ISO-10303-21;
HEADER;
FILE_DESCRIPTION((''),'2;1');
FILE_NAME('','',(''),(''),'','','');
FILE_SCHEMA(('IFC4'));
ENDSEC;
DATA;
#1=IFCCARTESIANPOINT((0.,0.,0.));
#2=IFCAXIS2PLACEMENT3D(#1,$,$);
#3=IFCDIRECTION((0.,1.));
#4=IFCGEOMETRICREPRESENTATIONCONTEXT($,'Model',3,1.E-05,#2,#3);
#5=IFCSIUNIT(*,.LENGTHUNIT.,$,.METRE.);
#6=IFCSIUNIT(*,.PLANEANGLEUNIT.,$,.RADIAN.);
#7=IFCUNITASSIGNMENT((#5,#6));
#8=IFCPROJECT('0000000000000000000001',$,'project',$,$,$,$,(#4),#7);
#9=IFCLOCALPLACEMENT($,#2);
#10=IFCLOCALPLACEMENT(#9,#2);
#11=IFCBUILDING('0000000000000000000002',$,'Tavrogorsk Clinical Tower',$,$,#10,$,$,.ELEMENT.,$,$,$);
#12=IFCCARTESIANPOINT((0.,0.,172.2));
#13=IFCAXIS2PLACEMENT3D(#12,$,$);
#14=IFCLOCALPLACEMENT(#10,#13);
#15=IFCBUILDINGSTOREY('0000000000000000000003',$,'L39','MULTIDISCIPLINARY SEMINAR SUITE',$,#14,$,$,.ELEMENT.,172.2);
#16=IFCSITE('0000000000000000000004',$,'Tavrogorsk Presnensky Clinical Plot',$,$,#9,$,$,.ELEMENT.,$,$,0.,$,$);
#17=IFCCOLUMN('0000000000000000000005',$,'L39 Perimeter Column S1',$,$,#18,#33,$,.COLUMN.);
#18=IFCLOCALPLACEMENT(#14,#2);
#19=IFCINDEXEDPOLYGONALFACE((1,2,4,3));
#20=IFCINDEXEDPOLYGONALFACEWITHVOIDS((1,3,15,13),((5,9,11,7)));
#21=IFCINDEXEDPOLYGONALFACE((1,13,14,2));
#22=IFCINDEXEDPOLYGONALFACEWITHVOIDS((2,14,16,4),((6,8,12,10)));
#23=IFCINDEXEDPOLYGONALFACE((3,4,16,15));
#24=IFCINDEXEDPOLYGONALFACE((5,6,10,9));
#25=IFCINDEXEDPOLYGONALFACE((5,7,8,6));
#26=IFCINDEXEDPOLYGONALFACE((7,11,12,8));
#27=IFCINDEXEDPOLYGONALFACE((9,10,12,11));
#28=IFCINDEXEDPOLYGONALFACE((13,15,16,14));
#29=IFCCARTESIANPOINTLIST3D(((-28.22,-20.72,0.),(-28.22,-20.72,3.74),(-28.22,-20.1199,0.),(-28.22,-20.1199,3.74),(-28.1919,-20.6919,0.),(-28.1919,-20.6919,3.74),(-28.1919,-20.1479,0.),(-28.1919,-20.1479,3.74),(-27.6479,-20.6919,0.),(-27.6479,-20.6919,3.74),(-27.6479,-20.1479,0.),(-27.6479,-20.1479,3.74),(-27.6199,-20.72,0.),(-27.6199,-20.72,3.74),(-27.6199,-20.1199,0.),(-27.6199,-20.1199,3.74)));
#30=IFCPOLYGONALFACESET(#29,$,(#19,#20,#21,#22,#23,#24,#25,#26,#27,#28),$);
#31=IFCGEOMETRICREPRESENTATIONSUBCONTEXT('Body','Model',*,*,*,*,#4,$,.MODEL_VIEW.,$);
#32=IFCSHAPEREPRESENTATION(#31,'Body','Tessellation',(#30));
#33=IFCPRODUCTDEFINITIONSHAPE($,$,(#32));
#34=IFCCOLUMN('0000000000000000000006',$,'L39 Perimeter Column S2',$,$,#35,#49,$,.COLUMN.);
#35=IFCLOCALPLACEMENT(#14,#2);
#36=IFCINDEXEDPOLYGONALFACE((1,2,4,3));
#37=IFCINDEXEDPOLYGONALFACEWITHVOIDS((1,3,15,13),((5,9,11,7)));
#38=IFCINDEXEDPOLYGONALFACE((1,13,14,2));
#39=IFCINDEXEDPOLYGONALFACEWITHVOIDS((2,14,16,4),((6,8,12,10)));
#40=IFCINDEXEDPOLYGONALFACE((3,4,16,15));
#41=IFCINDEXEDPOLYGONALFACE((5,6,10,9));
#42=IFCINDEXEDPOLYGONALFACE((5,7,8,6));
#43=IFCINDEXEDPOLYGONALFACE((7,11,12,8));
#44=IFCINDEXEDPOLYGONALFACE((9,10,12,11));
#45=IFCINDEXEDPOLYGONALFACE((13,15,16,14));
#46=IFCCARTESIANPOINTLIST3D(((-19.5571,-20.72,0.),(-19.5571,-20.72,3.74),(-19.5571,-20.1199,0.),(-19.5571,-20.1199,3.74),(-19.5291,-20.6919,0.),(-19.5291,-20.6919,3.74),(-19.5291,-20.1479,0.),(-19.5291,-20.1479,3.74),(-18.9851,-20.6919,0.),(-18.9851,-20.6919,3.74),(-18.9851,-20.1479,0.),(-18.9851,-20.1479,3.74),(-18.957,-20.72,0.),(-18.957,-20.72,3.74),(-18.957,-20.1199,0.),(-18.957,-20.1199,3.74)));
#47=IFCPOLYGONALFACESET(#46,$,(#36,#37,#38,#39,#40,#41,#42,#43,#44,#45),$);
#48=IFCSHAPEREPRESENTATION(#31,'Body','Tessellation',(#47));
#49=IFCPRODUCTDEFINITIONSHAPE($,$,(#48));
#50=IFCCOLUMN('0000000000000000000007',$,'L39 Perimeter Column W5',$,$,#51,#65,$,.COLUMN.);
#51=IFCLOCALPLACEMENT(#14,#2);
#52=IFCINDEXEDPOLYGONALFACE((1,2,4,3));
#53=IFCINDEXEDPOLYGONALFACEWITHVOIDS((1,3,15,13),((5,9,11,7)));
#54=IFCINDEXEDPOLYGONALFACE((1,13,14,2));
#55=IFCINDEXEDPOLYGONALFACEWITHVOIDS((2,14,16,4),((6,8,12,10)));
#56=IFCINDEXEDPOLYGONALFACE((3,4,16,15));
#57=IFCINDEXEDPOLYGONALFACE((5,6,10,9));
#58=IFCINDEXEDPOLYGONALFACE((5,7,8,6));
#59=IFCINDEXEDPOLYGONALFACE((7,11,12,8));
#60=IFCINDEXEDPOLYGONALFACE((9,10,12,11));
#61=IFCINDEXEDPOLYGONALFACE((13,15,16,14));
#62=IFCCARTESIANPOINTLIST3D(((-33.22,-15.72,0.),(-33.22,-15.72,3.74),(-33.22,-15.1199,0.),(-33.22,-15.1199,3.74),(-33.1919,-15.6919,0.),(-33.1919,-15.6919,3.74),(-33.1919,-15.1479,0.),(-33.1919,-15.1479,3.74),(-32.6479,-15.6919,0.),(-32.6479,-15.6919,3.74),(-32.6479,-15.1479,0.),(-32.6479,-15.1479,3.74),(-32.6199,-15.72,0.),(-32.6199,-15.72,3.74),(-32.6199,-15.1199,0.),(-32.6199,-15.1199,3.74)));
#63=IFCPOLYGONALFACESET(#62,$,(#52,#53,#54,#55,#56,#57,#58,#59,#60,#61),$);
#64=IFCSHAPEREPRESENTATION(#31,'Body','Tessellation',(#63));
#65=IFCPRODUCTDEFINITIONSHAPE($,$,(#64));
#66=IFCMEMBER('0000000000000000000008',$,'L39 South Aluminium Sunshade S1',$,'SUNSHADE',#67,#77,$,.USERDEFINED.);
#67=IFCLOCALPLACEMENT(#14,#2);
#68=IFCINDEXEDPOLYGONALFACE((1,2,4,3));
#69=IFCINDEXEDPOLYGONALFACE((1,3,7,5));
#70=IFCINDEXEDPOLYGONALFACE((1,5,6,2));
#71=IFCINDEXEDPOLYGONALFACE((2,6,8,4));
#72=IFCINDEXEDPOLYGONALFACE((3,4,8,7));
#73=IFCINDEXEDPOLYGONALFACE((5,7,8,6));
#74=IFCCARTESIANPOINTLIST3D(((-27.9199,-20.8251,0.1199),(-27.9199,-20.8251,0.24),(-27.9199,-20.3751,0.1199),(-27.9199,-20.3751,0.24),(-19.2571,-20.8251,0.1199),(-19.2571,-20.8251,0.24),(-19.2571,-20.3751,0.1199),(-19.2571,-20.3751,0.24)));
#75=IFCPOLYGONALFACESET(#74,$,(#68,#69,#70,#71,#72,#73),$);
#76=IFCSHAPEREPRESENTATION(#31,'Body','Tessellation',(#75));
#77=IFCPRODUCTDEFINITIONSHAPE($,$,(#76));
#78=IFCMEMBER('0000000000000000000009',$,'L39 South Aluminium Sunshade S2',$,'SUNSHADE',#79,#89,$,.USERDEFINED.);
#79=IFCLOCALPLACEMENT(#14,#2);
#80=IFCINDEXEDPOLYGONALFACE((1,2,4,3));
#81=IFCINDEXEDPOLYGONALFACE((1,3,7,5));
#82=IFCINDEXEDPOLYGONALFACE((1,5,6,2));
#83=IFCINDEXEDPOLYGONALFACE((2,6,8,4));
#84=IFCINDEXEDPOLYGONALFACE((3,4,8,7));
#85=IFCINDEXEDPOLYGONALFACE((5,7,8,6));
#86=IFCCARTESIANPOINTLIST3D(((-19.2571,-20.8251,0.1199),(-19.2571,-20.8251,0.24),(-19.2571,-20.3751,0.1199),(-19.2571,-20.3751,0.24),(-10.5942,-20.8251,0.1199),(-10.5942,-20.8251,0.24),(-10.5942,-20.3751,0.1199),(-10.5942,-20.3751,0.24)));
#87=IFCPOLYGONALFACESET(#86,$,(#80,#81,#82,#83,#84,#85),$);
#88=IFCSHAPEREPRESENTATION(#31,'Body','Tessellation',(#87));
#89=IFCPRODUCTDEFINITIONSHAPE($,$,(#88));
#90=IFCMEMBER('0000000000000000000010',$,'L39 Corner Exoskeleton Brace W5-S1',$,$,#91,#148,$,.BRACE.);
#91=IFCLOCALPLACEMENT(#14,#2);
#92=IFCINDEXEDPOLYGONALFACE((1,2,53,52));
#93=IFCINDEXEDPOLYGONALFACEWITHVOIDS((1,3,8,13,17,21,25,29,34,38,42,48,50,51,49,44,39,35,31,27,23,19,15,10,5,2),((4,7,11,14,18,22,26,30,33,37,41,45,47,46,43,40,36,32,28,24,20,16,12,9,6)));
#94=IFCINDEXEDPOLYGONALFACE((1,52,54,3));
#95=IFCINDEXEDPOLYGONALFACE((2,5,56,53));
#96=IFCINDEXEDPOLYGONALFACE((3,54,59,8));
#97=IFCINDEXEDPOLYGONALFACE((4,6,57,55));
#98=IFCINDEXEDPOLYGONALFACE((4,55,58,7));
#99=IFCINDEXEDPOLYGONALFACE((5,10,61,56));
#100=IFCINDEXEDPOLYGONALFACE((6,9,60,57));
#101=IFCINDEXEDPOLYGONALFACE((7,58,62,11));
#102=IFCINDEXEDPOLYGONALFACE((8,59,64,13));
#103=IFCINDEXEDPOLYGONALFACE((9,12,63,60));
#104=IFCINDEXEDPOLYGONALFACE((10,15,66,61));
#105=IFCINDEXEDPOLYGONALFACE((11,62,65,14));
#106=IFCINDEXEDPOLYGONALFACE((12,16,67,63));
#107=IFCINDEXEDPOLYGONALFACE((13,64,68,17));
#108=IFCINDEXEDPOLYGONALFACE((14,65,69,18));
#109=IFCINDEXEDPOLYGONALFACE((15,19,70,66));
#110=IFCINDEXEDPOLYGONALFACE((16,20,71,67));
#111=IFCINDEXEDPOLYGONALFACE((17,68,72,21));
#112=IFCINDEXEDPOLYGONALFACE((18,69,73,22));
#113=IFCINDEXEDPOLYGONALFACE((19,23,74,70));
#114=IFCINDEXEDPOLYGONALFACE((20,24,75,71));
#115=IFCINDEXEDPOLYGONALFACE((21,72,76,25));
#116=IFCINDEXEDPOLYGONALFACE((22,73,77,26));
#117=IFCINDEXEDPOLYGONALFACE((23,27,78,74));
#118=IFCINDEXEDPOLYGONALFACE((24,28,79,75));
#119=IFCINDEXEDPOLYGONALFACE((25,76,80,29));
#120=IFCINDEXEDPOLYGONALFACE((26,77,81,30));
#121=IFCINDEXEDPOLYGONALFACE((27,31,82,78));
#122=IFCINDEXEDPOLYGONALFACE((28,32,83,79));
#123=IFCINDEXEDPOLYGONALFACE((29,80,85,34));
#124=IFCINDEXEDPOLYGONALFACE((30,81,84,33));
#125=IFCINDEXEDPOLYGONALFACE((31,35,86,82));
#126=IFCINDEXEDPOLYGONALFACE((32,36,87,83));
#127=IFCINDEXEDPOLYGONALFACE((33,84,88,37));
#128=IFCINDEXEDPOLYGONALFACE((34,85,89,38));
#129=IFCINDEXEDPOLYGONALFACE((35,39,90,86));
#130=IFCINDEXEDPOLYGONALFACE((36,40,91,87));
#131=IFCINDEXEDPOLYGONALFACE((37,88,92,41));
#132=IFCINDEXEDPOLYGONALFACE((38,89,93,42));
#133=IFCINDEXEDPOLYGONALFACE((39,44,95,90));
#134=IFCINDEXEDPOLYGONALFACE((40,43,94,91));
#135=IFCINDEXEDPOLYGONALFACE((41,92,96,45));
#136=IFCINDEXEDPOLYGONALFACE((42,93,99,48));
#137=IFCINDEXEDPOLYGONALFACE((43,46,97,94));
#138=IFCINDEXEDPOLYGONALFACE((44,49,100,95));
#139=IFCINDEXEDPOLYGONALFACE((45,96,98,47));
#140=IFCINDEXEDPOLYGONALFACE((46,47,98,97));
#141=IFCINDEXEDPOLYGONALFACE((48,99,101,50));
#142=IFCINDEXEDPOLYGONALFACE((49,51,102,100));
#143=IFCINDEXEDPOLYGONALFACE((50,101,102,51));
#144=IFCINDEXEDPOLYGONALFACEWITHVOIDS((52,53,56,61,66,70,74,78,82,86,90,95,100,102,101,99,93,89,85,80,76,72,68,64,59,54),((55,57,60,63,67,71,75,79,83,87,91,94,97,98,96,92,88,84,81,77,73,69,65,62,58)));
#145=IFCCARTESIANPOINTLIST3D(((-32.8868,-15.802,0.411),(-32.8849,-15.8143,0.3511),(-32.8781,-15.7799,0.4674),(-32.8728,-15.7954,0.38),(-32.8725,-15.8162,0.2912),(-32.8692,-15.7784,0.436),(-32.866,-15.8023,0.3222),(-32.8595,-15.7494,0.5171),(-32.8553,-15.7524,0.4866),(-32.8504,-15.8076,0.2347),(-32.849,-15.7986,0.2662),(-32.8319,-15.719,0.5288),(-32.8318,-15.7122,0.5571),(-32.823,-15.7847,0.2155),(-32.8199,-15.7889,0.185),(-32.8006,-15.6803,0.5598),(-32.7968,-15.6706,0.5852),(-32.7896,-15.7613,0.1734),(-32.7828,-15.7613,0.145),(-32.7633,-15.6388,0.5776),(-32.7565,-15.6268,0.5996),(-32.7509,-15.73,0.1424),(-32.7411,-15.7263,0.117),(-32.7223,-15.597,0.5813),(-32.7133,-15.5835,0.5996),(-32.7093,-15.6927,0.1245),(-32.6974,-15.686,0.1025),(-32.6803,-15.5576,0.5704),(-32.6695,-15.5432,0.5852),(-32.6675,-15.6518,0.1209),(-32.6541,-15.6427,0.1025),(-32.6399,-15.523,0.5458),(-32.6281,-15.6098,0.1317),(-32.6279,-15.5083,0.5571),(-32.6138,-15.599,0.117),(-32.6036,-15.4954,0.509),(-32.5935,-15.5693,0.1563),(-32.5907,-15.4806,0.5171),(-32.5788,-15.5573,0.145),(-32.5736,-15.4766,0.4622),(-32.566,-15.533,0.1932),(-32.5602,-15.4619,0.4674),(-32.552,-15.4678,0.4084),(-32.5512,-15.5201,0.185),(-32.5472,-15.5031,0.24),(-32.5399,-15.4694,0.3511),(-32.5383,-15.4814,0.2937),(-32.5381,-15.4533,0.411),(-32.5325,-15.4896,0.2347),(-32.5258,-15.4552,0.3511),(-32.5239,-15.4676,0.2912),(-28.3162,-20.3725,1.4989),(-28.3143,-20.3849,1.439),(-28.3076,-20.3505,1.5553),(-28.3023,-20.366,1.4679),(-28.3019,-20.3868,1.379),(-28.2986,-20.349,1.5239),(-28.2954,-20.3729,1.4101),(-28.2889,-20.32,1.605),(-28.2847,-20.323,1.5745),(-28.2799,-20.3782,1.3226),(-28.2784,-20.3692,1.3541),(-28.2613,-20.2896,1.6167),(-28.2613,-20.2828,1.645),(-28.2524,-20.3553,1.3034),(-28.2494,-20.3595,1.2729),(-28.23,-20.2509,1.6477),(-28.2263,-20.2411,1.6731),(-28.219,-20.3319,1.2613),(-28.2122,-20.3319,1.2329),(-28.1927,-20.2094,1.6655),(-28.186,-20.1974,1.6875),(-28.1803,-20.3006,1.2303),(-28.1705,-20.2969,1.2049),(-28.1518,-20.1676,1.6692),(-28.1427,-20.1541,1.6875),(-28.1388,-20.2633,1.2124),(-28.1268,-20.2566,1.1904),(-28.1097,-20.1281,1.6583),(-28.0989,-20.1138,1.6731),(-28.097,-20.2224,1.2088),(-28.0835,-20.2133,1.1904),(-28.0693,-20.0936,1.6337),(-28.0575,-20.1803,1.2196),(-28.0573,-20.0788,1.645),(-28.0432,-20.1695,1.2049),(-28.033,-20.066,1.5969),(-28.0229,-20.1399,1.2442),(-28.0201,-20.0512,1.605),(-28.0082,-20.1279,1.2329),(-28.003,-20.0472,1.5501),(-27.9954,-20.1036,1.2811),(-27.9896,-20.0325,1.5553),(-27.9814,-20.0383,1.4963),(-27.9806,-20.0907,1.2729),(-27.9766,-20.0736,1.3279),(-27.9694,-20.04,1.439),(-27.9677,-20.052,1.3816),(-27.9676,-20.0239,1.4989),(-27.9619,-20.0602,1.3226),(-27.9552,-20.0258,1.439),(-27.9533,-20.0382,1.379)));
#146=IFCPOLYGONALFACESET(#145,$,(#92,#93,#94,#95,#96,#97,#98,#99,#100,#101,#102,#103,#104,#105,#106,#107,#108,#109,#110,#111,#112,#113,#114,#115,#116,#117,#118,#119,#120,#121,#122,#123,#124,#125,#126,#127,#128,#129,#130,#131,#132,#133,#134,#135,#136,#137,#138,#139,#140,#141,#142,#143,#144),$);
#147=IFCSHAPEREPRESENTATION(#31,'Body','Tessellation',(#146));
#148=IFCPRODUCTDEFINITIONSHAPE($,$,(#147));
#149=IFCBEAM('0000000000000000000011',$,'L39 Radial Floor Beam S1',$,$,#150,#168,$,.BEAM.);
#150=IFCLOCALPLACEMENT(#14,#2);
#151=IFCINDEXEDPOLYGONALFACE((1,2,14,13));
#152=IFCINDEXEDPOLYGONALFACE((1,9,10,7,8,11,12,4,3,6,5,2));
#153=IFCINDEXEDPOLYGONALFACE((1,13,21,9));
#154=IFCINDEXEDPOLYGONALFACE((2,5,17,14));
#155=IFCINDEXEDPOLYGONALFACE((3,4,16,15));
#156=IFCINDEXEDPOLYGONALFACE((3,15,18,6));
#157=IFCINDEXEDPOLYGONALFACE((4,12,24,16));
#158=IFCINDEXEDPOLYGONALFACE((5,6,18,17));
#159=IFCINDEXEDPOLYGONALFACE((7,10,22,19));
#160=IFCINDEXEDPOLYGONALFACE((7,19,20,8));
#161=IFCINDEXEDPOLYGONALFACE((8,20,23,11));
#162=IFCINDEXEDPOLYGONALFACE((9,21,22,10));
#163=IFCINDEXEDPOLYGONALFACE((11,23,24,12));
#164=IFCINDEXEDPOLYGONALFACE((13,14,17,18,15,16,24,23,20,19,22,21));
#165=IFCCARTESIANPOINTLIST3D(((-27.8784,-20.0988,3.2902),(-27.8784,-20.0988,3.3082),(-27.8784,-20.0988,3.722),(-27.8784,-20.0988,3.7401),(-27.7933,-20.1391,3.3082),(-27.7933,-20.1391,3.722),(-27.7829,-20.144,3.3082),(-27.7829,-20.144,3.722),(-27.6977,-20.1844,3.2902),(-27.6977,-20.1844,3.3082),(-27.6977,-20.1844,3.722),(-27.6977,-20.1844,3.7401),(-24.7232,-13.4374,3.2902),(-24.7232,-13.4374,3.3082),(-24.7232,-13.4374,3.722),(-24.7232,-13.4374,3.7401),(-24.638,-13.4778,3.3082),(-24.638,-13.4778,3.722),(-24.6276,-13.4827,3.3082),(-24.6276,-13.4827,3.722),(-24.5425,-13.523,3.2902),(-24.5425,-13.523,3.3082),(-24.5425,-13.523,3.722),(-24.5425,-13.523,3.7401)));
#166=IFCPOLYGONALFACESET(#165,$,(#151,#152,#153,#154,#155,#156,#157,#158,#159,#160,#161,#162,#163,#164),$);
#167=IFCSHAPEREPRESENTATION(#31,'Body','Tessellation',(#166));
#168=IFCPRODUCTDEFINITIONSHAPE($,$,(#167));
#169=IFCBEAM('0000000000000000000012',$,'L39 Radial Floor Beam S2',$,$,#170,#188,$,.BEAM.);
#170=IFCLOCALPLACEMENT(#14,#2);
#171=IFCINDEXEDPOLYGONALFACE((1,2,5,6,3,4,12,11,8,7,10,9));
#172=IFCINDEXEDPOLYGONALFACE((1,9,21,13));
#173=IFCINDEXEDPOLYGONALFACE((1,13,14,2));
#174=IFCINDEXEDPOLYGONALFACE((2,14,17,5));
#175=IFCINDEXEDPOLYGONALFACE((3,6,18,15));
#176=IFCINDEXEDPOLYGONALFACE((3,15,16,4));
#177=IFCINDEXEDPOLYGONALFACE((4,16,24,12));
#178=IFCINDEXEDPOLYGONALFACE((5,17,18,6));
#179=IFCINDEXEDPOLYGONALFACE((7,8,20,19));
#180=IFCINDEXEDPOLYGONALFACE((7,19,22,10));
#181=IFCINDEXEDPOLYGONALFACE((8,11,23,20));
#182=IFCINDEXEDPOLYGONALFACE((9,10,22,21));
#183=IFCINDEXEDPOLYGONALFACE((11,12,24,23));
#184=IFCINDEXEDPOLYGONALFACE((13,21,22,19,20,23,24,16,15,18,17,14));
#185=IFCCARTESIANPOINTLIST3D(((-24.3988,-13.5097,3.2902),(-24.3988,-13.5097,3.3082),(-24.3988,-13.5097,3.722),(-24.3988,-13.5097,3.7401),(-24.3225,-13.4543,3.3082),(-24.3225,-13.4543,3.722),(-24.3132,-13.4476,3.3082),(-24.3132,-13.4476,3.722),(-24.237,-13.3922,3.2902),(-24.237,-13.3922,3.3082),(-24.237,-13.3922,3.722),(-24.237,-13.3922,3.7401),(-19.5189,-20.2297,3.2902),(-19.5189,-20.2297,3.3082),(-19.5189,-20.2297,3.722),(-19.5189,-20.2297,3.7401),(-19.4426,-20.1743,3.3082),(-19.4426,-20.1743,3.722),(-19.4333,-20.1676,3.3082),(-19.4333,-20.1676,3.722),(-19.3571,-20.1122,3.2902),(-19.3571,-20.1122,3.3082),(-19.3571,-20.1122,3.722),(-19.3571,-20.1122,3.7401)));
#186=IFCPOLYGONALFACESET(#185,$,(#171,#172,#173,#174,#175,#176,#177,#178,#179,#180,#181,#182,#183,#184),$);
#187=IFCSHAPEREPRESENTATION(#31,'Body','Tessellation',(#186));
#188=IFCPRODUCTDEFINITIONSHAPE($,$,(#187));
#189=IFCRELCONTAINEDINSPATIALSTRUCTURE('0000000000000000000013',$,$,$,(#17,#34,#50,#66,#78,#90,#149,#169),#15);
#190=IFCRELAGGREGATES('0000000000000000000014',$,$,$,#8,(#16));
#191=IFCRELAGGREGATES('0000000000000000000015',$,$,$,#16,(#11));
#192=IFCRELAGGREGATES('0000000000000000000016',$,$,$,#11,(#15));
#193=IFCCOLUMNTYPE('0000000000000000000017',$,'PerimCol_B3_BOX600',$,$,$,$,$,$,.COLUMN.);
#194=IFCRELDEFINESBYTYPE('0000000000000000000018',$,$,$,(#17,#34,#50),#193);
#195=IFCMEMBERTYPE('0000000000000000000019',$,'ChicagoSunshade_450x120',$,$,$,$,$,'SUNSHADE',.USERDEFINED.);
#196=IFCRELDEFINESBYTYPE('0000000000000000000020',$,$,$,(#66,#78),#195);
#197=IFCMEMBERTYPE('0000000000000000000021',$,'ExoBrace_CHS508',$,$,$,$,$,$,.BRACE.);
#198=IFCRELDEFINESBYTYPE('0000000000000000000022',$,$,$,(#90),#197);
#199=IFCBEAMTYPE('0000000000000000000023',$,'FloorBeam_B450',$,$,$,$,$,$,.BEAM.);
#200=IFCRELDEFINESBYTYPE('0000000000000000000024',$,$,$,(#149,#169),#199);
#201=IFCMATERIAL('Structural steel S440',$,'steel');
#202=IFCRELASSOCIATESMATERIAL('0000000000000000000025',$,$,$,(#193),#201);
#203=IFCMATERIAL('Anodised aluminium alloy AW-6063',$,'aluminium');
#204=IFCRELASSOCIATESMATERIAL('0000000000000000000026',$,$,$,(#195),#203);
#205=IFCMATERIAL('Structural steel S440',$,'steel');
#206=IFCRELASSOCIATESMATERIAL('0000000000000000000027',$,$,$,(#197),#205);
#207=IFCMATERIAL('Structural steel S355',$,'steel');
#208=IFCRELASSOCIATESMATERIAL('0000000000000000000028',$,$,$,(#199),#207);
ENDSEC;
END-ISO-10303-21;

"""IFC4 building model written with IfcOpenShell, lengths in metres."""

from ifc_helpers import new_model, si_unit, direction, frame, origin, origin_2d, place, context, subcontext, project, spatial, rectangle, hollow_rectangle, hollow_circle, i_section, extrude, material, material_profile, profile_set, type_object, element, save


model = new_model("IFC4")

# Units and contexts
model_context = context("Model", 3, precision=1e-05, world=origin(), true_north=direction((0.0, 1.0)))
body_context = subcontext(model_context, "Body", "Model", "MODEL_VIEW")
ifc_project = project(units=[si_unit("LENGTHUNIT", "METRE"), si_unit("PLANEANGLEUNIT", "RADIAN")], contexts=[model_context])

# Site, building, storey
site_placement = place(None, origin())
site = spatial("IfcSite", under=ifc_project, at=site_placement, Name="Tavrogorsk Presnensky Clinical Plot", CompositionType="ELEMENT", RefElevation=0.0)
building_placement = place(site_placement, origin())
building = spatial("IfcBuilding", under=site, at=building_placement, Name="Tavrogorsk Clinical Tower", CompositionType="ELEMENT")
storey_placement = place(building_placement, frame((0.0, 0.0, 172.2)))
storey = spatial("IfcBuildingStorey", under=building, at=storey_placement, Name="L39", Description="MULTIDISCIPLINARY SEMINAR SUITE", CompositionType="ELEMENT", Elevation=172.2)

# Columns
ifc_material_1 = material(Name="Structural steel S440", Category="steel")
ifc_material_profile_1 = material_profile(ifc_material_1, hollow_rectangle(XDim=0.6001, YDim=0.6001, WallThickness=0.0281, at=origin_2d()), Name="BOX-600x600x28")
ifc_profile_set_1 = profile_set([ifc_material_profile_1], Name="Structural steel S440")
column_type = type_object("IfcColumnType", Name="PerimCol_B3_BOX600", PredefinedType="COLUMN", material=ifc_profile_set_1)
for number, where, z_axis, x_axis, name in (
    (1, (-27.9199, -20.4199, 0.0), (0.0, 0.0, 1.0), (1.0, 0.0, 0.0), "L39 Perimeter Column S1"),
    (2, (-19.2571, -20.4199, 0.0), (0.0, 0.0, 1.0), (1.0, 0.0, 0.0), "L39 Perimeter Column S2"),
    (3, (-32.9199, -15.4199, 0.0), (0.0, 0.0, 1.0), (1.0, 0.0, 0.0), "L39 Perimeter Column W5"),
):
    element("IfcColumn", number, at=place(storey_placement, frame(where, z_axis=z_axis, x_axis=x_axis)), inside=storey, type_object=column_type, Name=name, PredefinedType="COLUMN", context=body_context, shape_type="SweptSolid", body=[
        extrude(hollow_rectangle(XDim=0.6001, YDim=0.6001, WallThickness=0.0281, at=origin_2d()), origin(), (0.0, 0.0, 1.0), 3.74),
    ])

# Members
ifc_material_2 = material(Name="Anodised aluminium alloy AW-6063", Category="aluminium")
ifc_material_profile_2 = material_profile(ifc_material_2, rectangle(XDim=0.45, YDim=0.1201, at=origin_2d()), Name="ALU-SUNSHADE-450x120")
ifc_profile_set_2 = profile_set([ifc_material_profile_2], Name="Anodised aluminium alloy AW-6063")
member_type_1 = type_object("IfcMemberType", Name="ChicagoSunshade_450x120", ElementType="SUNSHADE", PredefinedType="USERDEFINED", material=ifc_profile_set_2)
for number, where, z_axis, x_axis, name in (
    (4, (-27.9199, -20.6001, 0.1799), (1.0, 0.0, 0.0), (0.0, 1.0, 0.0), "L39 South Aluminium Sunshade S1"),
    (5, (-19.2571, -20.6001, 0.1799), (1.0, 0.0, 0.0), (0.0, 1.0, 0.0), "L39 South Aluminium Sunshade S2"),
):
    element("IfcMember", number, at=place(storey_placement, frame(where, z_axis=z_axis, x_axis=x_axis)), inside=storey, type_object=member_type_1, Name=name, ObjectType="SUNSHADE", PredefinedType="USERDEFINED", context=body_context, shape_type="SweptSolid", body=[
        extrude(rectangle(XDim=0.45, YDim=0.1201, at=origin_2d()), origin(), (0.0, 0.0, 1.0), 8.6628),
    ])
ifc_material_3 = material(Name="Structural steel S440", Category="steel")
ifc_material_profile_3 = material_profile(ifc_material_3, hollow_circle(Radius=0.2539, WallThickness=0.02, at=origin_2d()), Name="CHS-508x20")
ifc_profile_set_3 = profile_set([ifc_material_profile_3], Name="Structural steel S440")
member_type_2 = type_object("IfcMemberType", Name="ExoBrace_CHS508", PredefinedType="BRACE", material=ifc_profile_set_3)
member_1_placement = place(storey_placement, frame((-32.7053, -15.6348, 0.3511), z_axis=(0.6973, -0.6973, 0.165972), x_axis=(0.707107, 0.707107, 0.0)))
element("IfcMember", 6, at=member_1_placement, inside=storey, type_object=member_type_2, Name="L39 Corner Exoskeleton Brace W5-S1", PredefinedType="BRACE", context=body_context, shape_type="SweptSolid", body=[
    extrude(hollow_circle(Radius=0.2539, WallThickness=0.02, at=origin_2d()), origin(), (0.0, 0.0, 1.0), 6.5547),
])

# Beams
ifc_material_4 = material(Name="Structural steel S355", Category="steel")
ifc_material_profile_4 = material_profile(ifc_material_4, i_section(OverallWidth=0.2, OverallDepth=0.45, WebThickness=0.0115, FlangeThickness=0.0181, at=origin_2d()), Name="B-450x200x11.5x18")
ifc_profile_set_4 = profile_set([ifc_material_profile_4], Name="Structural steel S355")
beam_type_1 = type_object("IfcBeamType", Name="FloorBeam_B450", PredefinedType="BEAM", material=ifc_profile_set_4)
beam_1_placement = place(storey_placement, frame((-24.6328, -13.4802, 3.5151), z_axis=(-0.428074, -0.903744, 0.0), x_axis=(0.903744, -0.428074, 0.0)))
element("IfcBeam", 7, at=beam_1_placement, inside=storey, type_object=beam_type_1, Name="L39 Radial Floor Beam S1", PredefinedType="BEAM", context=body_context, shape_type="SweptSolid", body=[
    extrude(i_section(OverallWidth=0.2, OverallDepth=0.45, WebThickness=0.0115, FlangeThickness=0.0181, at=origin_2d()), origin(), (0.0, 0.0, 1.0), 7.3708),
])
beam_2_placement = place(storey_placement, frame((-24.3179, -13.4509, 3.5151), z_axis=(0.587591, -0.809158, 0.0), x_axis=(0.809158, 0.587591, 0.0)))
element("IfcBeam", 8, at=beam_2_placement, inside=storey, type_object=beam_type_1, Name="L39 Radial Floor Beam S2", PredefinedType="BEAM", context=body_context, shape_type="SweptSolid", body=[
    extrude(i_section(OverallWidth=0.2, OverallDepth=0.45, WebThickness=0.0115, FlangeThickness=0.0181, at=origin_2d()), origin(), (0.0, 0.0, 1.0), 8.3049),
])

save(model, "model.ifc")
